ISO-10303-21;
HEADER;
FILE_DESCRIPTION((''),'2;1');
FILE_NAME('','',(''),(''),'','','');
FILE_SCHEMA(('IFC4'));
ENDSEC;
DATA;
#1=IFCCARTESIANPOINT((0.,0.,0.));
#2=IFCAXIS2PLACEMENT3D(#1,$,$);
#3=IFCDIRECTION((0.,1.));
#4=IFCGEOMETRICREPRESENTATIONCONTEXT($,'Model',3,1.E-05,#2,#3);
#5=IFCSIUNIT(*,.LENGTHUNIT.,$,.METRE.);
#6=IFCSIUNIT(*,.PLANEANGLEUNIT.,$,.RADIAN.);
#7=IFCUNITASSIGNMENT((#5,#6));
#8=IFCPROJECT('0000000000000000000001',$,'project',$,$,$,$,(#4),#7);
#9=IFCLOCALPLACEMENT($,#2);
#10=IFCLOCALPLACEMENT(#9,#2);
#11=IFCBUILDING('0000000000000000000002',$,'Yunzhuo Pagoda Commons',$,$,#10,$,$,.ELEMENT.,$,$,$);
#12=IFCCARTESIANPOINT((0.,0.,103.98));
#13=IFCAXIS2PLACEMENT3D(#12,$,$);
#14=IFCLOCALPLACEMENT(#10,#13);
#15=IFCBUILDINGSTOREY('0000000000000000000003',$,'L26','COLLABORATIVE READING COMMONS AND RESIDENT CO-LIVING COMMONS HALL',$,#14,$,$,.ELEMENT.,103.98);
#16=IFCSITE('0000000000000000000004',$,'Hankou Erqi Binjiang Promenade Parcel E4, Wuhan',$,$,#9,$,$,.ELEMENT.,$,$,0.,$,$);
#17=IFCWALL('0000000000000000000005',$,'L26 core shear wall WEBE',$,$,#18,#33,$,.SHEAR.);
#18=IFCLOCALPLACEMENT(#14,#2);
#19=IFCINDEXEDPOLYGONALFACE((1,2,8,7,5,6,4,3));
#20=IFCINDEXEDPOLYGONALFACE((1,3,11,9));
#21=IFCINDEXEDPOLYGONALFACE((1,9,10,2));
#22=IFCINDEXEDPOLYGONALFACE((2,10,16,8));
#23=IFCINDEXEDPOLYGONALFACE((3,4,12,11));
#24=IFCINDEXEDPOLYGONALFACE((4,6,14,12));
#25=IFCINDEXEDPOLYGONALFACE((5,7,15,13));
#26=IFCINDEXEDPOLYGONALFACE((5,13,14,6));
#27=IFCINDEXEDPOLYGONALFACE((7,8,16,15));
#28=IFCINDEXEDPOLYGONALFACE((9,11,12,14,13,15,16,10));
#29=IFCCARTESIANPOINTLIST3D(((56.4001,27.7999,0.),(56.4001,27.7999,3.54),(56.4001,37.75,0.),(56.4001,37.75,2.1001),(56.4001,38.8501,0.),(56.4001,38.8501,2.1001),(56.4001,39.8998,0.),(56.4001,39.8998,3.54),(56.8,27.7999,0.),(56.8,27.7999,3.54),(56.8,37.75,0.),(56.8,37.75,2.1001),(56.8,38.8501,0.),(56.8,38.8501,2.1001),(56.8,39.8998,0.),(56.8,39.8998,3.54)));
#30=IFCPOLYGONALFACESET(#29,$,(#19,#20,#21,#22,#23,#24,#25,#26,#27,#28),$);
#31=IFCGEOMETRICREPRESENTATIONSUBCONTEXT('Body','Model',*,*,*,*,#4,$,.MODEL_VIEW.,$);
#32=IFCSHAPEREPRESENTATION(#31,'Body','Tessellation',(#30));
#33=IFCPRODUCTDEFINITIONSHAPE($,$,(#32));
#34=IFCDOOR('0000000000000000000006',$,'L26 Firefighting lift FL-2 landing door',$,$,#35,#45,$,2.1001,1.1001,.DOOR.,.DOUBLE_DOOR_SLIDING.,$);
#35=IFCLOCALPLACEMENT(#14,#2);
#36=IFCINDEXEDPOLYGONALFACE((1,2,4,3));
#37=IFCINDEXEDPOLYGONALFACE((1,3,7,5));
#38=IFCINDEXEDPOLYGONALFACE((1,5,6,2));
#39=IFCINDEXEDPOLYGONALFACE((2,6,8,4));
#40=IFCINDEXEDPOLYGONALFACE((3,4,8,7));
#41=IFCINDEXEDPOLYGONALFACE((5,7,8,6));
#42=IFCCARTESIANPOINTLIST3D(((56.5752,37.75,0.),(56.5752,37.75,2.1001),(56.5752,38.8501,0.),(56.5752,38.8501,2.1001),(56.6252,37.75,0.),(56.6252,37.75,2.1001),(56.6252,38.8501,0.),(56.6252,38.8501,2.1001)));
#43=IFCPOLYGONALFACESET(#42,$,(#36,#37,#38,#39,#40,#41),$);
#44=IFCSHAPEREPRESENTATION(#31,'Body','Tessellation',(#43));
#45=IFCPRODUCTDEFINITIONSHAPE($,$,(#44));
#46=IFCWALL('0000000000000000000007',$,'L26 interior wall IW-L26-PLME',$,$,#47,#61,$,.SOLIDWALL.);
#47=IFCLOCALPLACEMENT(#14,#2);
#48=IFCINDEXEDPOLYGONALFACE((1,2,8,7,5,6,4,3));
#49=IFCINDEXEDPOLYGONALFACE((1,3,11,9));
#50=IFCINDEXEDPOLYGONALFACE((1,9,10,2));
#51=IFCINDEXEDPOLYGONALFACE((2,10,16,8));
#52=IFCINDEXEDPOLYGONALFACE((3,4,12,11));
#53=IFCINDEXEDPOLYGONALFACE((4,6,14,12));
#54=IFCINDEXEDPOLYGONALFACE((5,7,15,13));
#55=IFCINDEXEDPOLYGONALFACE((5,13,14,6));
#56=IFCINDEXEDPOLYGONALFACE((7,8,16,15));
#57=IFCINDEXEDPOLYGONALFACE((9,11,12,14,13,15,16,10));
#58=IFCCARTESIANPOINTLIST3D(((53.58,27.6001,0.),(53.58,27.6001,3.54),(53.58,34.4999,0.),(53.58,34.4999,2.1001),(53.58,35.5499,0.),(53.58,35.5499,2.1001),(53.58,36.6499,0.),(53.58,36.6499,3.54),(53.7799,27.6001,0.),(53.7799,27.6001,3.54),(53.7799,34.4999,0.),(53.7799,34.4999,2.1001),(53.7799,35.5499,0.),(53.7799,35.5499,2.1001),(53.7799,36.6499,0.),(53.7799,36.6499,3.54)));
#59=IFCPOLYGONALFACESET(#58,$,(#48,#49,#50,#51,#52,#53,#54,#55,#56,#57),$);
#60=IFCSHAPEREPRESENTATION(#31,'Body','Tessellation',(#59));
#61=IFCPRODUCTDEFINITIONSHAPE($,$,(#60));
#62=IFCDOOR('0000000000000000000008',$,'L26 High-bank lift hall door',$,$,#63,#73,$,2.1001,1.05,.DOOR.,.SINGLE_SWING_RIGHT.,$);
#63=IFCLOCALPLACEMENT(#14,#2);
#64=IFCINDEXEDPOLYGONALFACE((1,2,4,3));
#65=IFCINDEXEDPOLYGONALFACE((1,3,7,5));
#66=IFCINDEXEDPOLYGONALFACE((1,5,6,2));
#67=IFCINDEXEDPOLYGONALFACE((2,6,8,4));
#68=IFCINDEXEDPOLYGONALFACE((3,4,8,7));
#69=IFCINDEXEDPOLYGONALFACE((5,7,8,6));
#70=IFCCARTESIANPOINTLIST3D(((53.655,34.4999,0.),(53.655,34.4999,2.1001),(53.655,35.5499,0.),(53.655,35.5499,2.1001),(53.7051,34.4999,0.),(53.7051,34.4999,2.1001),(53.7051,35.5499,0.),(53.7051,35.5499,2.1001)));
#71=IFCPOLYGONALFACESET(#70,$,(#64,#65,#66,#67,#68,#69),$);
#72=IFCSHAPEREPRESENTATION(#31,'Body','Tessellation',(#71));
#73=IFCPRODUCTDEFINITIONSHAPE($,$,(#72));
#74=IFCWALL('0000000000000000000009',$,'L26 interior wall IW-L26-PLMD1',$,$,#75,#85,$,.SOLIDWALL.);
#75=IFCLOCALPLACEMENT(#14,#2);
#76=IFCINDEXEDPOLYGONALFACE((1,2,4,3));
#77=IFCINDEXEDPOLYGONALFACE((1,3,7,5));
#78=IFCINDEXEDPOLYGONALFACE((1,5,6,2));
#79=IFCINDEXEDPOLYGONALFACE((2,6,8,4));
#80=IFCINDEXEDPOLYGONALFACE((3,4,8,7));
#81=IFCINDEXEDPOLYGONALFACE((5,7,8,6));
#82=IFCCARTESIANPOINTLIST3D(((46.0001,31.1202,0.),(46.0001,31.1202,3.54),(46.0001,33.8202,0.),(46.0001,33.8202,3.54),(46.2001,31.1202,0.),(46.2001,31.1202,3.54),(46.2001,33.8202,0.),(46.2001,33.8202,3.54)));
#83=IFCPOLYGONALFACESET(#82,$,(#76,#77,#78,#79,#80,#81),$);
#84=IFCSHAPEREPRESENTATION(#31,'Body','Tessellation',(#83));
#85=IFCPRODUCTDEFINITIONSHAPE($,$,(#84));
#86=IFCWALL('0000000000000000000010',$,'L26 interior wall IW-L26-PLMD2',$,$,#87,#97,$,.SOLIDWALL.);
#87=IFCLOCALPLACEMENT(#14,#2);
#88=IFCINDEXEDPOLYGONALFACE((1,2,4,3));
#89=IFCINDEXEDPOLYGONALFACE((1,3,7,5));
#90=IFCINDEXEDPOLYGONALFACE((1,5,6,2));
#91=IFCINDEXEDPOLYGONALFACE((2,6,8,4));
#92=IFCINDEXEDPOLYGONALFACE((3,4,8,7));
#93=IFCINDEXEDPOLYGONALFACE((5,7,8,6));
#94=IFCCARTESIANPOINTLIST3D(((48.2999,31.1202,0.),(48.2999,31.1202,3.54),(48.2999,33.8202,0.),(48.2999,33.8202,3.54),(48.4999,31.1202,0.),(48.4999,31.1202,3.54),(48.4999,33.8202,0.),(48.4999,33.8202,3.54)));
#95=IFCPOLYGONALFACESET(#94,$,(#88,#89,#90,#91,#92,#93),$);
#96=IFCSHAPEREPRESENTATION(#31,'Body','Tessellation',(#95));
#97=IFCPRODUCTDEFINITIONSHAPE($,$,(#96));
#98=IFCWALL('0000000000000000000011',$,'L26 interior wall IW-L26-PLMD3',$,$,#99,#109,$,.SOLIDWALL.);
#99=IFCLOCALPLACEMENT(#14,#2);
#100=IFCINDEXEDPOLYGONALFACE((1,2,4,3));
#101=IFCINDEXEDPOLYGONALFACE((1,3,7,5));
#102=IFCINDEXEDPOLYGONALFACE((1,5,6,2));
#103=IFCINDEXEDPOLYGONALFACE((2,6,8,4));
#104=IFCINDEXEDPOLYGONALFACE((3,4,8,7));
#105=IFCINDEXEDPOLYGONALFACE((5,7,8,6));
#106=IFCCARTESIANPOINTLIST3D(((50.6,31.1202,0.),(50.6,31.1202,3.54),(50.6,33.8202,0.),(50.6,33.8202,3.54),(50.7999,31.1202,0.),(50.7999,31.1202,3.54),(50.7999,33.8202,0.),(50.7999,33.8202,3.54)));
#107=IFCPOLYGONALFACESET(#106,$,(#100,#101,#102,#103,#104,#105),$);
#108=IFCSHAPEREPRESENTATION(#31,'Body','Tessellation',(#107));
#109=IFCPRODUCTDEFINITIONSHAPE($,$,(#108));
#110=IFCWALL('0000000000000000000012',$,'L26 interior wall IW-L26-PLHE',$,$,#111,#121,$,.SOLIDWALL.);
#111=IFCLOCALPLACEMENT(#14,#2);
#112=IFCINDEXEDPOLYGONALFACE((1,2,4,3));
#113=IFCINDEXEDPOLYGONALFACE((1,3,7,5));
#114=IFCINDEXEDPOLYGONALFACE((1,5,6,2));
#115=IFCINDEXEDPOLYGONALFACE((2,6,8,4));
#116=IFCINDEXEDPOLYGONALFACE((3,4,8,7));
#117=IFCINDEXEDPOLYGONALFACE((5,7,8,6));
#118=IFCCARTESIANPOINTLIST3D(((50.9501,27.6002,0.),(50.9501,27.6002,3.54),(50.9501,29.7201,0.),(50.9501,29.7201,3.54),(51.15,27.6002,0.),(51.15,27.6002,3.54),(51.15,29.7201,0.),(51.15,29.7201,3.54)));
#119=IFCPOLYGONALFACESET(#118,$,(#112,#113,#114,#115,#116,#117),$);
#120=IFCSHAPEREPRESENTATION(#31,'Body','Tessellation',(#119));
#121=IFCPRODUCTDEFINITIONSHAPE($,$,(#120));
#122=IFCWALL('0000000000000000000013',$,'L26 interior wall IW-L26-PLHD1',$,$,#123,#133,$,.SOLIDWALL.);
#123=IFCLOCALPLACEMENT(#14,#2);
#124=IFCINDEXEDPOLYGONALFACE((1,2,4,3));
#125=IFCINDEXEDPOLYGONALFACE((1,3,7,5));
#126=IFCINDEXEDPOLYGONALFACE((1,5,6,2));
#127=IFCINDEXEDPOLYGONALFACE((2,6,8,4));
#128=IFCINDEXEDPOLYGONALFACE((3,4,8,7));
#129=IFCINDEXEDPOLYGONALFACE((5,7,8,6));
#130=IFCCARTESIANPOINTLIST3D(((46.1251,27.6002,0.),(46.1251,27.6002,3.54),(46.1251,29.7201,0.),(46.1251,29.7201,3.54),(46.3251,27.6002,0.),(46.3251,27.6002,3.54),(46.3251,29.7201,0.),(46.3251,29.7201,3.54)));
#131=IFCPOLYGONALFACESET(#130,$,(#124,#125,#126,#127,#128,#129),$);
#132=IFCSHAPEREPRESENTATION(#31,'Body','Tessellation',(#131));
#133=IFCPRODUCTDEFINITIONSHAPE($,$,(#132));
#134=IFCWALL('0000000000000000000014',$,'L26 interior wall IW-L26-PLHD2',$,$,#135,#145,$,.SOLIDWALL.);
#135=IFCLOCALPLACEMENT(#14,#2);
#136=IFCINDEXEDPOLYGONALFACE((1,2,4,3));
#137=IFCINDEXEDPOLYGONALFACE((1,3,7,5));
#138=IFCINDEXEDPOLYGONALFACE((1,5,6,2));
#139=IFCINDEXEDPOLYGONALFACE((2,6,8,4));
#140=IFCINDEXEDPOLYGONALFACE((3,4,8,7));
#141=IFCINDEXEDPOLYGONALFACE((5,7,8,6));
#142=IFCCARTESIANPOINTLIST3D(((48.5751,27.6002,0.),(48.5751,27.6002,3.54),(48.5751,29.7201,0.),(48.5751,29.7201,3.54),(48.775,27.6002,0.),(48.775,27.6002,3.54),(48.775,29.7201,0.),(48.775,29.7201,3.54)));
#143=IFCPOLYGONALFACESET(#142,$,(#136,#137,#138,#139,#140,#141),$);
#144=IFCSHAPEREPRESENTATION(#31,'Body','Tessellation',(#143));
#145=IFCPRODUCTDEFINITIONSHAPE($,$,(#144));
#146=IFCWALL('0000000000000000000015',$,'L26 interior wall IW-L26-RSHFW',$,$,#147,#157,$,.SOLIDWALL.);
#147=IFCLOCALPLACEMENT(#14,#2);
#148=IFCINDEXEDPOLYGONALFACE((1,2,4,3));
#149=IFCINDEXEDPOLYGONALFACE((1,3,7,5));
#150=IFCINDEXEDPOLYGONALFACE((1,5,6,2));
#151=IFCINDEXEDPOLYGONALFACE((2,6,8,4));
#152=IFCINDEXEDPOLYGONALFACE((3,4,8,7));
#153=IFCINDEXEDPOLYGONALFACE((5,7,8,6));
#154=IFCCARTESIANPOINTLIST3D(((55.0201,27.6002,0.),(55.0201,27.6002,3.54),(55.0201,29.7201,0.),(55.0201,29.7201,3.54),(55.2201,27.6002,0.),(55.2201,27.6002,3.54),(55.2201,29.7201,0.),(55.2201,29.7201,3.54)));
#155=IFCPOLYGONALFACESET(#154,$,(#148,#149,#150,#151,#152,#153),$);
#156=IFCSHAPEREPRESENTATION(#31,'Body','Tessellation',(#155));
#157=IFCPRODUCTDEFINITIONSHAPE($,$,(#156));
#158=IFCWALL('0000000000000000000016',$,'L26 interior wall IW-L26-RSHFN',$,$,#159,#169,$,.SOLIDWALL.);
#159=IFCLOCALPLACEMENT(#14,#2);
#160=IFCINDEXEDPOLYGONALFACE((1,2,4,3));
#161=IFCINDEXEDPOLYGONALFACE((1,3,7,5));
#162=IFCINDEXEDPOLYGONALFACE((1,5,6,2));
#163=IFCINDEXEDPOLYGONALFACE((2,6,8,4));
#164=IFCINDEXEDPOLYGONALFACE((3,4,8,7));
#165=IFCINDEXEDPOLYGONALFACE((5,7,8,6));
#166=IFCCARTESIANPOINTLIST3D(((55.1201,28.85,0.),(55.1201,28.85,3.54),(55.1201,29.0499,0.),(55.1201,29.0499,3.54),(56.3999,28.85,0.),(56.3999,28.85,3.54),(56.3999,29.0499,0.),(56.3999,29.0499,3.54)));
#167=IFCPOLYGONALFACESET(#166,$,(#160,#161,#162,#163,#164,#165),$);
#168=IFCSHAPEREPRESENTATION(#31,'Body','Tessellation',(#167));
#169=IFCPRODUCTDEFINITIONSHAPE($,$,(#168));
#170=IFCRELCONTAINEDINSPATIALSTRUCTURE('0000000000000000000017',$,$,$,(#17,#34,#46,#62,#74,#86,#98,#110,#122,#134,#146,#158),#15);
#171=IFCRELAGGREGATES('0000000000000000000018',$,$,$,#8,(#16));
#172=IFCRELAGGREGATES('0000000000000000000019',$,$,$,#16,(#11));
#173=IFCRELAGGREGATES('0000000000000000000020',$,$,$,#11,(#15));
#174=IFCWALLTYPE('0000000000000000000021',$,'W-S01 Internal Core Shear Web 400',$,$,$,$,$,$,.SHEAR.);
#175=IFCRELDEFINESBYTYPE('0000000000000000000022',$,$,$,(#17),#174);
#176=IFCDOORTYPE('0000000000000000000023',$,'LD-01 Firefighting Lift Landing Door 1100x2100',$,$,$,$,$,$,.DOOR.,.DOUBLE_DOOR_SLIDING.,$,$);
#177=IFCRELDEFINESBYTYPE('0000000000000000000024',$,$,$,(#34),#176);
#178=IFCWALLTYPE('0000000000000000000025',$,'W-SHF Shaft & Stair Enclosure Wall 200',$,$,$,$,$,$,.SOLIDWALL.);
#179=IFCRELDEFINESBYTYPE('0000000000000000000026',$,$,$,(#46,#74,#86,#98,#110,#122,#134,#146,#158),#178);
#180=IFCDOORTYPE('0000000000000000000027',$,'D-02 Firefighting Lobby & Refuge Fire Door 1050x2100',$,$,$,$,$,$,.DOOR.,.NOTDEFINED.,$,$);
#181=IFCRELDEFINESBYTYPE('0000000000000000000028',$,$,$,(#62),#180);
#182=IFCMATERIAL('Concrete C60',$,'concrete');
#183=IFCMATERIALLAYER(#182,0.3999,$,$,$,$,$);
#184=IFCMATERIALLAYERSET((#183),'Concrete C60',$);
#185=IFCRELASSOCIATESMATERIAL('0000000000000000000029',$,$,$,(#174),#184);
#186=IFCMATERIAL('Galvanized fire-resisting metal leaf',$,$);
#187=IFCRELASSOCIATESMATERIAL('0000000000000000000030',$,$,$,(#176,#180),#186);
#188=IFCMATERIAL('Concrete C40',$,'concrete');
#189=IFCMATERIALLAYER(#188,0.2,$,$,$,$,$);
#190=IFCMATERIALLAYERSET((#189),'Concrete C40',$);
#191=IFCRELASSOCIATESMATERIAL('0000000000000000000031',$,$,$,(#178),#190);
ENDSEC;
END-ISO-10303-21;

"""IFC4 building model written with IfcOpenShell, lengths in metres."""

from ifc_helpers import new_model, si_unit, direction, frame, frame_2d, origin, origin_with_axes, place, context, subcontext, project, spatial, rectangle, extrude, source, transform, mapped, material, layer, layer_set, type_object, element, fill, save


model = new_model("IFC4")

# Units and contexts
model_context = context("Model", 3, precision=1e-05, world=origin(), true_north=direction((0.0, 1.0)))
body_context = subcontext(model_context, "Body", "Model", "MODEL_VIEW")
ifc_project = project(units=[si_unit("LENGTHUNIT", "METRE"), si_unit("PLANEANGLEUNIT", "RADIAN")], contexts=[model_context])

# Site, building, storey
site_placement = place(None, origin())
site = spatial("IfcSite", under=ifc_project, at=site_placement, Name="Hankou Erqi Binjiang Promenade Parcel E4, Wuhan", CompositionType="ELEMENT", RefElevation=0.0)
building_placement = place(site_placement, origin())
building = spatial("IfcBuilding", under=site, at=building_placement, Name="Yunzhuo Pagoda Commons", CompositionType="ELEMENT")
storey_placement = place(building_placement, frame((0.0, 0.0, 103.98)))
storey = spatial("IfcBuildingStorey", under=building, at=storey_placement, Name="L26", Description="COLLABORATIVE READING COMMONS AND RESIDENT CO-LIVING COMMONS HALL", CompositionType="ELEMENT", Elevation=103.98)

# Shared definitions
ifc_material_1 = material(Name="Galvanized fire-resisting metal leaf")

# Walls, openings, doors
ifc_material_2 = material(Name="Concrete C60", Category="concrete")
ifc_layer_1 = layer(ifc_material_2, 0.3999)
ifc_layer_set_1 = layer_set([ifc_layer_1], Name="Concrete C60")
wall_type_1 = type_object("IfcWallType", Name="W-S01 Internal Core Shear Web 400", PredefinedType="SHEAR", material=ifc_layer_set_1)
wall_1_placement = place(storey_placement, frame((56.6001, 27.8, 0.0), z_axis=(0.0, 0.0, 1.0), x_axis=(0.0, 1.0, 0.0)))
wall_1 = element("IfcWall", 1, at=wall_1_placement, inside=storey, type_object=wall_type_1, Name="L26 core shear wall WEBE", PredefinedType="SHEAR", context=body_context, shape_type="SweptSolid", body=[
    extrude(rectangle(XDim=12.0999, YDim=0.3999, at=frame_2d((6.0498, 0.0))), origin(), (0.0, 0.0, 1.0), 3.54),
])
opening_1_placement = place(wall_1_placement, frame((9.95, 0.0, 0.0)))
opening_1 = element("IfcOpeningElement", 2, at=opening_1_placement, cuts=wall_1, PredefinedType="OPENING", context=body_context, shape_type="SweptSolid", body=[
    extrude(rectangle(XDim=1.1001, YDim=2.1001, at=frame_2d((0.55, 1.05))), frame((0.0, 0.21, 0.0), z_axis=(0.0, -1.0, 0.0), x_axis=(1.0, 0.0, 0.0)), (0.0, 0.0, 1.0), 0.4199),
])
door_type_1 = type_object("IfcDoorType", Name="LD-01 Firefighting Lift Landing Door 1100x2100", OperationType="DOUBLE_DOOR_SLIDING", PredefinedType="DOOR", material=ifc_material_1)
shared_shape_1 = source(origin(), body_context, "Body", "SweptSolid", [
    extrude(rectangle(XDim=1.1001, YDim=2.1001, at=frame_2d((0.55, 1.05))), frame((0.0, 0.0249, 0.0), z_axis=(0.0, -1.0, 0.0), x_axis=(1.0, 0.0, 0.0)), (0.0, 0.0, 1.0), 0.05),
])
door_1_placement = place(opening_1_placement, origin_with_axes())
door_1 = element("IfcDoor", 3, at=door_1_placement, inside=storey, type_object=door_type_1, Name="L26 Firefighting lift FL-2 landing door", OperationType="DOUBLE_DOOR_SLIDING", OverallHeight=2.1001, OverallWidth=1.1001, PredefinedType="DOOR", context=body_context, shape_type="MappedRepresentation", body=[
    mapped(shared_shape_1, transform((0.0, 0.0, 0.0), scale=1.0)),
])
fill(opening_1, door_1)
ifc_material_3 = material(Name="Concrete C40", Category="concrete")
ifc_layer_2 = layer(ifc_material_3, 0.2)
ifc_layer_set_2 = layer_set([ifc_layer_2], Name="Concrete C40")
wall_type_2 = type_object("IfcWallType", Name="W-SHF Shaft & Stair Enclosure Wall 200", PredefinedType="SOLIDWALL", material=ifc_layer_set_2)
wall_2_placement = place(storey_placement, frame((53.6799, 27.6001, 0.0), z_axis=(0.0, 0.0, 1.0), x_axis=(0.0, 1.0, 0.0)))
wall_2 = element("IfcWall", 4, at=wall_2_placement, inside=storey, type_object=wall_type_2, Name="L26 interior wall IW-L26-PLME", PredefinedType="SOLIDWALL", context=body_context, shape_type="SweptSolid", body=[
    extrude(rectangle(XDim=9.0498, YDim=0.2, at=frame_2d((4.5249, 0.0))), origin(), (0.0, 0.0, 1.0), 3.54),
])
opening_2_placement = place(wall_2_placement, frame((6.8999, 0.0, 0.0)))
opening_2 = element("IfcOpeningElement", 5, at=opening_2_placement, cuts=wall_2, PredefinedType="OPENING", context=body_context, shape_type="SweptSolid", body=[
    extrude(rectangle(XDim=1.05, YDim=2.1001, at=frame_2d((0.5249, 1.05))), frame((0.0, 0.1099, 0.0), z_axis=(0.0, -1.0, 0.0), x_axis=(1.0, 0.0, 0.0)), (0.0, 0.0, 1.0), 0.22),
])
door_type_2 = type_object("IfcDoorType", Name="D-02 Firefighting Lobby & Refuge Fire Door 1050x2100", OperationType="NOTDEFINED", PredefinedType="DOOR", material=ifc_material_1)
shared_shape_2 = source(origin(), body_context, "Body", "SweptSolid", [
    extrude(rectangle(XDim=1.05, YDim=2.1001, at=frame_2d((0.5249, 1.05))), frame((0.0, 0.0249, 0.0), z_axis=(0.0, -1.0, 0.0), x_axis=(1.0, 0.0, 0.0)), (0.0, 0.0, 1.0), 0.05),
])
door_2_placement = place(opening_2_placement, origin_with_axes())
door_2 = element("IfcDoor", 6, at=door_2_placement, inside=storey, type_object=door_type_2, Name="L26 High-bank lift hall door", OperationType="SINGLE_SWING_RIGHT", OverallHeight=2.1001, OverallWidth=1.05, PredefinedType="DOOR", context=body_context, shape_type="MappedRepresentation", body=[
    mapped(shared_shape_2, transform((0.0, 0.0, 0.0), scale=1.0)),
])
fill(opening_2, door_2)

# Walls
for number, where, z_axis, x_axis, name in (
    (7, (46.1001, 31.1201, 0.0), (0.0, 0.0, 1.0), (0.0, 1.0, 0.0), "L26 interior wall IW-L26-PLMD1"),
    (8, (48.3999, 31.1201, 0.0), (0.0, 0.0, 1.0), (0.0, 1.0, 0.0), "L26 interior wall IW-L26-PLMD2"),
    (9, (50.7, 31.1201, 0.0), (0.0, 0.0, 1.0), (0.0, 1.0, 0.0), "L26 interior wall IW-L26-PLMD3"),
):
    element("IfcWall", number, at=place(storey_placement, frame(where, z_axis=z_axis, x_axis=x_axis)), inside=storey, type_object=wall_type_2, Name=name, PredefinedType="SOLIDWALL", context=body_context, shape_type="SweptSolid", body=[
        extrude(rectangle(XDim=2.7, YDim=0.2, at=frame_2d((1.3501, 0.0))), origin(), (0.0, 0.0, 1.0), 3.54),
    ])
for number, where, z_axis, x_axis, name in (
    (10, (51.05, 27.6001, 0.0), (0.0, 0.0, 1.0), (0.0, 1.0, 0.0), "L26 interior wall IW-L26-PLHE"),
    (11, (46.2251, 27.6001, 0.0), (0.0, 0.0, 1.0), (0.0, 1.0, 0.0), "L26 interior wall IW-L26-PLHD1"),
    (12, (48.675, 27.6001, 0.0), (0.0, 0.0, 1.0), (0.0, 1.0, 0.0), "L26 interior wall IW-L26-PLHD2"),
    (13, (55.1201, 27.6001, 0.0), (0.0, 0.0, 1.0), (0.0, 1.0, 0.0), "L26 interior wall IW-L26-RSHFW"),
):
    element("IfcWall", number, at=place(storey_placement, frame(where, z_axis=z_axis, x_axis=x_axis)), inside=storey, type_object=wall_type_2, Name=name, PredefinedType="SOLIDWALL", context=body_context, shape_type="SweptSolid", body=[
        extrude(rectangle(XDim=2.1199, YDim=0.2, at=frame_2d((1.0601, 0.0))), origin(), (0.0, 0.0, 1.0), 3.54),
    ])
wall_3_placement = place(storey_placement, frame((55.1201, 28.95, 0.0), z_axis=(0.0, 0.0, 1.0), x_axis=(1.0, 0.0, 0.0)))
element("IfcWall", 14, at=wall_3_placement, inside=storey, type_object=wall_type_2, Name="L26 interior wall IW-L26-RSHFN", PredefinedType="SOLIDWALL", context=body_context, shape_type="SweptSolid", body=[
    extrude(rectangle(XDim=1.2798, YDim=0.2, at=frame_2d((0.6399, 0.0))), origin(), (0.0, 0.0, 1.0), 3.54),
])

save(model, "model.ifc")
